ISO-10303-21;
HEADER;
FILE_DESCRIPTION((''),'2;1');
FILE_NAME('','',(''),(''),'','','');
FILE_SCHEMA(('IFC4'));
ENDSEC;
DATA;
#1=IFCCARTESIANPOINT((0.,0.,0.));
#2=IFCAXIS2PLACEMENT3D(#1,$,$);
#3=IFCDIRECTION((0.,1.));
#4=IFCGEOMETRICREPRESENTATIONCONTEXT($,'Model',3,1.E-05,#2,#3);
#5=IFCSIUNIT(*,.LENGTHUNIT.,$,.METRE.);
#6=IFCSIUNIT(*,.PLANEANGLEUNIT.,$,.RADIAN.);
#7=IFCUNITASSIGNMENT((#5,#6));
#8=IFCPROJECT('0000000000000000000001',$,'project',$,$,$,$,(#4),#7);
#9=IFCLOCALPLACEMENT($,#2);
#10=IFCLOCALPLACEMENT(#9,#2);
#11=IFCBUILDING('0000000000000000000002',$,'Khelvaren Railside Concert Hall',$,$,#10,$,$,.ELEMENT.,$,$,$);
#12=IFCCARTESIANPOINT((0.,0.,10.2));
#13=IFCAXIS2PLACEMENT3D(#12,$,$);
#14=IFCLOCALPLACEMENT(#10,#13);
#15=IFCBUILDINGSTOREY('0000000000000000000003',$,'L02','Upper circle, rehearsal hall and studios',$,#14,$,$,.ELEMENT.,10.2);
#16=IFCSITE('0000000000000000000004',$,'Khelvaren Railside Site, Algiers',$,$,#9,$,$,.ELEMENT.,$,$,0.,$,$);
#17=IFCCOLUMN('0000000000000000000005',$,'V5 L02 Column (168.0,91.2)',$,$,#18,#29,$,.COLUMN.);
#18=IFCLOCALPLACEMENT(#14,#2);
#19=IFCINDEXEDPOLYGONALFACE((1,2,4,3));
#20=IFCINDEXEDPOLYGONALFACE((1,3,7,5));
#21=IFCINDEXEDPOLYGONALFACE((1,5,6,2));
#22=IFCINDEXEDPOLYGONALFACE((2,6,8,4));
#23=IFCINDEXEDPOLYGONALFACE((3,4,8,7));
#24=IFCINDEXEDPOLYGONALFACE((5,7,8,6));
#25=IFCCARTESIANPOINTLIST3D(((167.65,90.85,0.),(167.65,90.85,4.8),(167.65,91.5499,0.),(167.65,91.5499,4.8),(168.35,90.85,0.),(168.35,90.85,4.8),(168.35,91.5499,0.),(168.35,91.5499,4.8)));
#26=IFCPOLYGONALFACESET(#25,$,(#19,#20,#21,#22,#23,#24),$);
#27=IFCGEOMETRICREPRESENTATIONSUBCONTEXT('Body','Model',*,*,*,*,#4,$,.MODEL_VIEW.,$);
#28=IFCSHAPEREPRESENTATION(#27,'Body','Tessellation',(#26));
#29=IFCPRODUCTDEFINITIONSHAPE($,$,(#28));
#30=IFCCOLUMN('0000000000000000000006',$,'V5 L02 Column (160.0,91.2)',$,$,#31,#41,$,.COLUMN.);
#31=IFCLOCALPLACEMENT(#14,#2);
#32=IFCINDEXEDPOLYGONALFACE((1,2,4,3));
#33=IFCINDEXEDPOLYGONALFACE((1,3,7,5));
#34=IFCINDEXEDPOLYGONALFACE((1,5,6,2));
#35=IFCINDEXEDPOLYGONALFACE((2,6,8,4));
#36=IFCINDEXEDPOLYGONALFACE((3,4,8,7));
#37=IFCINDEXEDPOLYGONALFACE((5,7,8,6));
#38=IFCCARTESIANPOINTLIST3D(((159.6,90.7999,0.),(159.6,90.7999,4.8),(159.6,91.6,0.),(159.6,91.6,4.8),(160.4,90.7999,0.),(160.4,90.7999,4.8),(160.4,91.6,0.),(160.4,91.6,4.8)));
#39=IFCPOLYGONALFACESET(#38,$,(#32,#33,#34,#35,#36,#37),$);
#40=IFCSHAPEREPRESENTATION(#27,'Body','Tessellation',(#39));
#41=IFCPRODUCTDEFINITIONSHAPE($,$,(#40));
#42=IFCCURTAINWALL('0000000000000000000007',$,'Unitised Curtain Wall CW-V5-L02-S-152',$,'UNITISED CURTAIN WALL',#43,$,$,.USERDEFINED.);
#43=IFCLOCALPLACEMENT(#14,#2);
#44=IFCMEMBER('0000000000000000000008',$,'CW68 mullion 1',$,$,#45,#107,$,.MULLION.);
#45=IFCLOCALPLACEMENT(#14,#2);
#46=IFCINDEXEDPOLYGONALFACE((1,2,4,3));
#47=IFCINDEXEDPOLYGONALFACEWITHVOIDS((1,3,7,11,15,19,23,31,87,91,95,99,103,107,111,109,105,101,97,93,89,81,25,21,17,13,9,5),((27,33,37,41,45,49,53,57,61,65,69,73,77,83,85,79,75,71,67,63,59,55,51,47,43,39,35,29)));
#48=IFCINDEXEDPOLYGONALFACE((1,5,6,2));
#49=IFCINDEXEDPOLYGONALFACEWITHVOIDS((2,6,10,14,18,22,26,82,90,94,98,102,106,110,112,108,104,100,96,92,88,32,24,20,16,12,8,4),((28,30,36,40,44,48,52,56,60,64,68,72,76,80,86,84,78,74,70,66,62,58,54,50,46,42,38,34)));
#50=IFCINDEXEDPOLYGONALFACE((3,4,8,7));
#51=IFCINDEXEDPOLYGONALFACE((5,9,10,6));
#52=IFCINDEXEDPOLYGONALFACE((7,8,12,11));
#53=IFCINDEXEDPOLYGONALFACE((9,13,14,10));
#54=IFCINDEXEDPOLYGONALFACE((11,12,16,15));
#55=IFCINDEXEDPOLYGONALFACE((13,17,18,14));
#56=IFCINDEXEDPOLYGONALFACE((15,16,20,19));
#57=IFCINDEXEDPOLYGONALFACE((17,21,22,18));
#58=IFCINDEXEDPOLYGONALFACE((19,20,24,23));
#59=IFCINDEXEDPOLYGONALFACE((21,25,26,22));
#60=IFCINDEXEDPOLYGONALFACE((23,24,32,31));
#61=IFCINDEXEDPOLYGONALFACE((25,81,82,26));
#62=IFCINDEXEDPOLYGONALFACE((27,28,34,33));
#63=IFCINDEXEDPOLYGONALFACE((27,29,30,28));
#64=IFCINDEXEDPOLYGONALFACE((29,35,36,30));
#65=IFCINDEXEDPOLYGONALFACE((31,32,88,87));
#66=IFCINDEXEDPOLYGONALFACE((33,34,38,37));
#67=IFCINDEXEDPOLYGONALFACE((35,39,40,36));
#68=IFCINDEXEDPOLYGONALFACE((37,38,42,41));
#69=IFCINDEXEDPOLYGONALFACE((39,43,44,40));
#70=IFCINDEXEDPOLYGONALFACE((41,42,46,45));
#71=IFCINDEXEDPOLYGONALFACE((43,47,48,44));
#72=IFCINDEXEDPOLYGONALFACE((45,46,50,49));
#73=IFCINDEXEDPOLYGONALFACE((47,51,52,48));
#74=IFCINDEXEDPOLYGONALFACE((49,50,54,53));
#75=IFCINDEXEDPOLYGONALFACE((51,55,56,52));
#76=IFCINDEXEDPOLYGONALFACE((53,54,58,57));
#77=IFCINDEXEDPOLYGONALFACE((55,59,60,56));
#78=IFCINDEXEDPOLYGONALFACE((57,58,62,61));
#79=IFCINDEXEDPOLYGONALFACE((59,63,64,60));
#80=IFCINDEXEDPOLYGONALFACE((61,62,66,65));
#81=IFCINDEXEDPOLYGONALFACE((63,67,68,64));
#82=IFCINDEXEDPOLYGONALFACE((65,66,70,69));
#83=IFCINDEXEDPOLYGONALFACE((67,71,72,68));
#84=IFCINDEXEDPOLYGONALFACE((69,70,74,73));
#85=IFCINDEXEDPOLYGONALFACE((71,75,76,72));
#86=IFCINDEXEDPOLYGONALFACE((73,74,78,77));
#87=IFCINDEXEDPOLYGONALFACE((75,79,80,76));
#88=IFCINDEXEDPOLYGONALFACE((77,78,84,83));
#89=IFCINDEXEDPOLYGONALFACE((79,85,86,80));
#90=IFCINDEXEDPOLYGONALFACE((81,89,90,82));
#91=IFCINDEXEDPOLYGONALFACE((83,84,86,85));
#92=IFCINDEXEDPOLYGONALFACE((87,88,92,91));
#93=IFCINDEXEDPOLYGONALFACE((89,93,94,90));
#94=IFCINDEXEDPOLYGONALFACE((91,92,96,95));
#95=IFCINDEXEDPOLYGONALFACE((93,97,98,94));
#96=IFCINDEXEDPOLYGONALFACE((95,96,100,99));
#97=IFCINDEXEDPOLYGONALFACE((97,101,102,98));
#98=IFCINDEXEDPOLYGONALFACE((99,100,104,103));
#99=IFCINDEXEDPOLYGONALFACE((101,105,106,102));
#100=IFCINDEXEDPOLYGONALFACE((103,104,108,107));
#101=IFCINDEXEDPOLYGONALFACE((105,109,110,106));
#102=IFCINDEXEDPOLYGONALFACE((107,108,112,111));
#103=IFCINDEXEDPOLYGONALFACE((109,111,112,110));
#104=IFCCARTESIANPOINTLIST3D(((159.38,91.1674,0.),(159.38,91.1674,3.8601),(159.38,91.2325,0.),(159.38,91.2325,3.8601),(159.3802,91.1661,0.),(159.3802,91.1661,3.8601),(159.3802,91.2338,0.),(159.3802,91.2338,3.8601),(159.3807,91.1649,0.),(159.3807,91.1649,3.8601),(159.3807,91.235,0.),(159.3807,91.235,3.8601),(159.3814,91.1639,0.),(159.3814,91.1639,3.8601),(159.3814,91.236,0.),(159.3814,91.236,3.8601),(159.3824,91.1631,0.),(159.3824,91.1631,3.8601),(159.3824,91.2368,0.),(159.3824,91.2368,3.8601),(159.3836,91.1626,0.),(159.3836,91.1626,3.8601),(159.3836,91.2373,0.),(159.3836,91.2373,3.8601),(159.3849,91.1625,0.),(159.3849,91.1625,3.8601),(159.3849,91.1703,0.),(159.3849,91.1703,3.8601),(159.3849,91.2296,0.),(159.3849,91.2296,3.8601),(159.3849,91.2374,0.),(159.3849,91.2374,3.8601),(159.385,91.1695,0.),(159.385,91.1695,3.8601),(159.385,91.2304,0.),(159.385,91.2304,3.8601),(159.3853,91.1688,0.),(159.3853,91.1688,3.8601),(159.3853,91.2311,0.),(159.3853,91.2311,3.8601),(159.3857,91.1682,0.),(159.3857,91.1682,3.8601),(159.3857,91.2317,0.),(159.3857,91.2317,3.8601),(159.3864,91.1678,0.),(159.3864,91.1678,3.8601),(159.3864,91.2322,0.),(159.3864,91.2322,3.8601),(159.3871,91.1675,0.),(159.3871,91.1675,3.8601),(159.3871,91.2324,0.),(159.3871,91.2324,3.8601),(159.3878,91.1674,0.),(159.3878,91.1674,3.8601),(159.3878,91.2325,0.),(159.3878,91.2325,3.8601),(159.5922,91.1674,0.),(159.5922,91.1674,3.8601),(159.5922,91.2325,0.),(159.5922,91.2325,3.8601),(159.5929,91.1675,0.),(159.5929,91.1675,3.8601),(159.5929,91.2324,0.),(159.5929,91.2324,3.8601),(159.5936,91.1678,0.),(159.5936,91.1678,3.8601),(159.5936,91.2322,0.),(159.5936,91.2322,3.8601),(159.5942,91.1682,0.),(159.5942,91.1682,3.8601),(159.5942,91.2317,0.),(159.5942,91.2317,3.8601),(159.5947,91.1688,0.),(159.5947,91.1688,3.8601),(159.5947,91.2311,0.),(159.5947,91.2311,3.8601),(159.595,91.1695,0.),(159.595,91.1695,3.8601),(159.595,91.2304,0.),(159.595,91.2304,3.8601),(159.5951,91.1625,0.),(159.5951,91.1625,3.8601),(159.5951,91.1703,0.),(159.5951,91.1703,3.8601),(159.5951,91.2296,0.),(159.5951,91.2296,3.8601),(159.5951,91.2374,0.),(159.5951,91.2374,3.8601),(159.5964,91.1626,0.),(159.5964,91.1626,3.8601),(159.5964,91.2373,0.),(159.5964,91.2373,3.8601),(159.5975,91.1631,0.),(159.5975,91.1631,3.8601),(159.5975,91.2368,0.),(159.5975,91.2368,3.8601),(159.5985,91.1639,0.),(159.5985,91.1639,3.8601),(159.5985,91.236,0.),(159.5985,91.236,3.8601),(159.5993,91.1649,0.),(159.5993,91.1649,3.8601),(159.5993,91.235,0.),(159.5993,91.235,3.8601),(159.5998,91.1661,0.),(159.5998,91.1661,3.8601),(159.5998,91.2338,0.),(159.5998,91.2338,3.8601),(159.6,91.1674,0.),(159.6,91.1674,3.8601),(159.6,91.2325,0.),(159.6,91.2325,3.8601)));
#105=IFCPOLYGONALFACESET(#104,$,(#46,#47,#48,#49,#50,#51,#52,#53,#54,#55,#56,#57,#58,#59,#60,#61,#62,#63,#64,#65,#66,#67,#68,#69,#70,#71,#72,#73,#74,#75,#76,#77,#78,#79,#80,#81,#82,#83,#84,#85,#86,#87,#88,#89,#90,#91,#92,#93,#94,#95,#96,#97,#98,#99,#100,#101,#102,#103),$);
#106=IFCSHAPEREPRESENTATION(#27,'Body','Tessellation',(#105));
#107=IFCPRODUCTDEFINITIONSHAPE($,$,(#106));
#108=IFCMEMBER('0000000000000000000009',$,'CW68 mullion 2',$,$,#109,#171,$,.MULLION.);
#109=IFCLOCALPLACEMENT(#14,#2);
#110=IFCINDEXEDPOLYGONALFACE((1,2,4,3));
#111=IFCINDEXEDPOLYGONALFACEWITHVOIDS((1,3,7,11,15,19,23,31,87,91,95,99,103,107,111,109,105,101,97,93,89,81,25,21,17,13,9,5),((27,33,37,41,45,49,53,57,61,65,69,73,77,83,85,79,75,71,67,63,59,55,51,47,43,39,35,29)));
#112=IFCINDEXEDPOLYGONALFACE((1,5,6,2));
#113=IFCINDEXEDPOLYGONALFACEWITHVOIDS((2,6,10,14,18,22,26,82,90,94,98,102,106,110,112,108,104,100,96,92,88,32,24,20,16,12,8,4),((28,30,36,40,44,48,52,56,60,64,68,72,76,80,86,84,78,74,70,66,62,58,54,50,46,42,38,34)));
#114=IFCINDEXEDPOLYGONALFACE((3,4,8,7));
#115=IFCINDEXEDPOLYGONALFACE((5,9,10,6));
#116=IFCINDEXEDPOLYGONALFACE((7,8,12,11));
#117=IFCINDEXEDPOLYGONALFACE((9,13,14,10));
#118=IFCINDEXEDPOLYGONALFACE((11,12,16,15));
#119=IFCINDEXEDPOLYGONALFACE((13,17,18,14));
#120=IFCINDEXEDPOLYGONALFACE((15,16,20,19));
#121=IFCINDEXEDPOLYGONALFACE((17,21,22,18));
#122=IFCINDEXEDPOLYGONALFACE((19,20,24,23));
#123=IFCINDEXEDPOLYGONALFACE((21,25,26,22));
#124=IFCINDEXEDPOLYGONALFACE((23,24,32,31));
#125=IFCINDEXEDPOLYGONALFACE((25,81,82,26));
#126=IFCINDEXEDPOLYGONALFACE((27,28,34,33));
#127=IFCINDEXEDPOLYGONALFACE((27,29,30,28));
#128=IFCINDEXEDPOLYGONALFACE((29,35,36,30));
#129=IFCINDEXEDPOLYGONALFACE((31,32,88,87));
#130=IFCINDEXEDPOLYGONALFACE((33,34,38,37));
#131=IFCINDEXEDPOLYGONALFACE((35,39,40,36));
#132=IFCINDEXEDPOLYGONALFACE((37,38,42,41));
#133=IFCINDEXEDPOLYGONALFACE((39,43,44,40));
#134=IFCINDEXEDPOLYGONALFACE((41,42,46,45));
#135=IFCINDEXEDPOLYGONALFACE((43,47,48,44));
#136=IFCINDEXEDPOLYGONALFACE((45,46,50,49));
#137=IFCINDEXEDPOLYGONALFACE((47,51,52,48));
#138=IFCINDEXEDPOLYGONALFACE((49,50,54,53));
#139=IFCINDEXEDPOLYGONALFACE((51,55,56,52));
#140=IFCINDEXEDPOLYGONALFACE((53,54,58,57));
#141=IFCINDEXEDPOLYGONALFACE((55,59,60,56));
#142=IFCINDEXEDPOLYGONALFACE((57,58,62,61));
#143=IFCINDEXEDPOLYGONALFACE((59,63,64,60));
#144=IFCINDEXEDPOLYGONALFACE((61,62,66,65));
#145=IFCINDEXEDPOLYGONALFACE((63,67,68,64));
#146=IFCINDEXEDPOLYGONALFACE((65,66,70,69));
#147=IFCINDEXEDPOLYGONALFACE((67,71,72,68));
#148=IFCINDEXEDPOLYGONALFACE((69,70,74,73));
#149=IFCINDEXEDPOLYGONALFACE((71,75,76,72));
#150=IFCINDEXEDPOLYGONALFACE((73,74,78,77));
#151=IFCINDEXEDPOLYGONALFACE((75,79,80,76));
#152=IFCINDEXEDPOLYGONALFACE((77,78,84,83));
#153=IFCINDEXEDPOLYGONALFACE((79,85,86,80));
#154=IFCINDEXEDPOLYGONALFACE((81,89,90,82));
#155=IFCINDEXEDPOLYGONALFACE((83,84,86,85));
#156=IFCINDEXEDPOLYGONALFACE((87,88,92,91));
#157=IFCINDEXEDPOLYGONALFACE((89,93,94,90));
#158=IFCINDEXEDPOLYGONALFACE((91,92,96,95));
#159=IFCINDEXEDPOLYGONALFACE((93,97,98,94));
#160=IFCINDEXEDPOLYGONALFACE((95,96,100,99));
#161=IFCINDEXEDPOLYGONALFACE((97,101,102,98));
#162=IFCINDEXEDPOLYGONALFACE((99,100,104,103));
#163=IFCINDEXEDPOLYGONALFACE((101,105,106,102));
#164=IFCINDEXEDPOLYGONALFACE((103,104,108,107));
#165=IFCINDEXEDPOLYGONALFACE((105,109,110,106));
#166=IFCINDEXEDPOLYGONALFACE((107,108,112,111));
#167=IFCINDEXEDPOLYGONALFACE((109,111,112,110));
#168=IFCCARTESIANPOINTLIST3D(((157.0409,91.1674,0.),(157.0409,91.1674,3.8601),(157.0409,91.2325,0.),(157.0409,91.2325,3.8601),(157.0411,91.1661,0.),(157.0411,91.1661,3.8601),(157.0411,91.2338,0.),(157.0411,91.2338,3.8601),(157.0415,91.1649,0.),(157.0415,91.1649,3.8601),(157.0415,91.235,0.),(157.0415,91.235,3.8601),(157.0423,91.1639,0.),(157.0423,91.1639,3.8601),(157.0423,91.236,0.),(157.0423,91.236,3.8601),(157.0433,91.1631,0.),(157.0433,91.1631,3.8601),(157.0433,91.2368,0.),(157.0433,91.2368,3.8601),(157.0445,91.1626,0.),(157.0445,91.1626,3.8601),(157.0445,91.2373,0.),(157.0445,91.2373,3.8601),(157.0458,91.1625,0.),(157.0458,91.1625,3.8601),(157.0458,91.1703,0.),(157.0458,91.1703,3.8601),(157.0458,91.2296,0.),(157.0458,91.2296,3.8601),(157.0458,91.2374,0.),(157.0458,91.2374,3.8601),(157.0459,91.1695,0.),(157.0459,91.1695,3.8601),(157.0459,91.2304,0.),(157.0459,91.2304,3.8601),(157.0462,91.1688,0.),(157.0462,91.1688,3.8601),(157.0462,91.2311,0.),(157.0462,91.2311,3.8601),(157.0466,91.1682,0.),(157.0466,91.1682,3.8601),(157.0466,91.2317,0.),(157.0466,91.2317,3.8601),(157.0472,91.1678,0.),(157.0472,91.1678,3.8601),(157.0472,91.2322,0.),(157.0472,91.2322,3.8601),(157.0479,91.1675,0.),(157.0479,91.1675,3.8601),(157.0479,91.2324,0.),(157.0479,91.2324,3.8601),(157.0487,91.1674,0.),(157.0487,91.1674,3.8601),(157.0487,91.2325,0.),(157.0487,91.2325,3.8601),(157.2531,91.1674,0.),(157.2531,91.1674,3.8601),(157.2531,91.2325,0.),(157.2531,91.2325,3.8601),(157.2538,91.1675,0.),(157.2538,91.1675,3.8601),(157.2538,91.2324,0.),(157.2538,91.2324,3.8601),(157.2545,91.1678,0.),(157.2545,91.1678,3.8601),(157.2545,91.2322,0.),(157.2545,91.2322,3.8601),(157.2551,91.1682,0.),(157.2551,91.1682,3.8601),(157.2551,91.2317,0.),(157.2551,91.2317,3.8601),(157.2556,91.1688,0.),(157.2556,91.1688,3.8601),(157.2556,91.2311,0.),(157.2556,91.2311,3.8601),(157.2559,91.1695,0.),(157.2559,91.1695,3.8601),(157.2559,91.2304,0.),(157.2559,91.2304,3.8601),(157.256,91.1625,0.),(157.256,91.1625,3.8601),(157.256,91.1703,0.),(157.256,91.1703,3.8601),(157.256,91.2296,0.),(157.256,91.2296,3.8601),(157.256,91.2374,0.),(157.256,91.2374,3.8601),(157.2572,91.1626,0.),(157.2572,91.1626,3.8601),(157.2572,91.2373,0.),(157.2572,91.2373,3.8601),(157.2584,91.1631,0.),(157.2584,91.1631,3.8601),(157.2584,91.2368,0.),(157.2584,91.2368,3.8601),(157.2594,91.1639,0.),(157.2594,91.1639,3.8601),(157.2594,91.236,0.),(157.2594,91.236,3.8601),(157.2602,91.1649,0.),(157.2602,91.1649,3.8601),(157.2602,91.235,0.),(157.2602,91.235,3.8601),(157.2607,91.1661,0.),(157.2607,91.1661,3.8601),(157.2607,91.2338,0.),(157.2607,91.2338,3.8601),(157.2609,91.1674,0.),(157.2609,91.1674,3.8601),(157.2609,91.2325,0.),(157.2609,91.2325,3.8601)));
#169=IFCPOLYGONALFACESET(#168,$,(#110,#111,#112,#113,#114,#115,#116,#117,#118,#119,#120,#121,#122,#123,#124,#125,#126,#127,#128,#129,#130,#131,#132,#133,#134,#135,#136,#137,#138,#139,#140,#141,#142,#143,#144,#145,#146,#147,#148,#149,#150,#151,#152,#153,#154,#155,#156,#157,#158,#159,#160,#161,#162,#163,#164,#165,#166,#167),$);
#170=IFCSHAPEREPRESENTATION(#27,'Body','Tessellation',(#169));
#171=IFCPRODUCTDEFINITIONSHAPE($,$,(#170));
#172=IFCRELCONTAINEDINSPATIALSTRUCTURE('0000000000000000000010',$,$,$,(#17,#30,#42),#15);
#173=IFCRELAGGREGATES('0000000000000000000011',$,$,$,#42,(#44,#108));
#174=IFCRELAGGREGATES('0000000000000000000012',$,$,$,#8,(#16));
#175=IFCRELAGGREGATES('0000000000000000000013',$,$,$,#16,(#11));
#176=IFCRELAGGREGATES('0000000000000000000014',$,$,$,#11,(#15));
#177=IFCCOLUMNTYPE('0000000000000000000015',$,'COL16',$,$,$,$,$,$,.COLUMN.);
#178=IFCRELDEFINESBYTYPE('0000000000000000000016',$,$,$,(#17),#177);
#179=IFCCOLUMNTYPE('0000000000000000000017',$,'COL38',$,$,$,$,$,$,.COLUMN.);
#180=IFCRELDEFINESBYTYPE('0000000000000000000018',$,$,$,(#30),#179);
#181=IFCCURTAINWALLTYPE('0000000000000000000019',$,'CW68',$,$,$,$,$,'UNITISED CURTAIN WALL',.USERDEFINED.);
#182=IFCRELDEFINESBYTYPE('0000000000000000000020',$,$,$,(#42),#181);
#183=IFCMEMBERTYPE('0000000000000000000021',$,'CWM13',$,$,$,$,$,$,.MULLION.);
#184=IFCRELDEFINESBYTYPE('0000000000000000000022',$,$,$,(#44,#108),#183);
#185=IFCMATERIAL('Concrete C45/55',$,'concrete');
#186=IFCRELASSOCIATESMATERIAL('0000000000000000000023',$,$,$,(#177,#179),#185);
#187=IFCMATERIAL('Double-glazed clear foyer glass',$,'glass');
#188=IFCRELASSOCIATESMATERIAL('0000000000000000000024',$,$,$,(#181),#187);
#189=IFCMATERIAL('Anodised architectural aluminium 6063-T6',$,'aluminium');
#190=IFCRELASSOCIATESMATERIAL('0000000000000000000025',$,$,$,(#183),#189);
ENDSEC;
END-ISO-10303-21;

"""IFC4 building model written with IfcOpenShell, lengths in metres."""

from ifc_helpers import new_model, si_unit, direction, frame, origin, origin_2d, place, context, subcontext, project, spatial, rectangle, hollow_rectangle, extrude, material, material_profile, profile_set, type_object, element, aggregate, save


model = new_model("IFC4")

# Units and contexts
model_context = context("Model", 3, precision=1e-05, world=origin(), true_north=direction((0.0, 1.0)))
body_context = subcontext(model_context, "Body", "Model", "MODEL_VIEW")
ifc_project = project(units=[si_unit("LENGTHUNIT", "METRE"), si_unit("PLANEANGLEUNIT", "RADIAN")], contexts=[model_context])

# Site, building, storey
site_placement = place(None, origin())
site = spatial("IfcSite", under=ifc_project, at=site_placement, Name="Khelvaren Railside Site, Algiers", CompositionType="ELEMENT", RefElevation=0.0)
building_placement = place(site_placement, origin())
building = spatial("IfcBuilding", under=site, at=building_placement, Name="Khelvaren Railside Concert Hall", CompositionType="ELEMENT")
storey_placement = place(building_placement, frame((0.0, 0.0, 10.2)))
storey = spatial("IfcBuildingStorey", under=building, at=storey_placement, Name="L02", Description="Upper circle, rehearsal hall and studios", CompositionType="ELEMENT", Elevation=10.2)

# Columns
ifc_material_1 = material(Name="Concrete C45/55", Category="concrete")
ifc_material_profile_1 = material_profile(ifc_material_1, rectangle(XDim=0.7, YDim=0.7, at=origin_2d()), Name="RC 700x700")
ifc_profile_set_1 = profile_set([ifc_material_profile_1], Name="Concrete C45/55")
column_type_1 = type_object("IfcColumnType", Name="COL16", PredefinedType="COLUMN", material=ifc_profile_set_1)
column_1_placement = place(storey_placement, frame((168.0, 91.2, 0.0), z_axis=(0.0, 0.0, 1.0), x_axis=(1.0, 0.0, 0.0)))
element("IfcColumn", 1, at=column_1_placement, inside=storey, type_object=column_type_1, Name="V5 L02 Column (168.0,91.2)", PredefinedType="COLUMN", context=body_context, shape_type="SweptSolid", body=[
    extrude(rectangle(XDim=0.7, YDim=0.7, at=origin_2d()), origin(), (0.0, 0.0, 1.0), 4.8),
])
ifc_material_profile_2 = material_profile(ifc_material_1, rectangle(XDim=0.8, YDim=0.8, at=origin_2d()), Name="RC 800x800")
ifc_profile_set_2 = profile_set([ifc_material_profile_2], Name="Concrete C45/55")
column_type_2 = type_object("IfcColumnType", Name="COL38", PredefinedType="COLUMN", material=ifc_profile_set_2)
column_2_placement = place(storey_placement, frame((160.0, 91.2, 0.0), z_axis=(0.0, 0.0, 1.0), x_axis=(1.0, 0.0, 0.0)))
element("IfcColumn", 2, at=column_2_placement, inside=storey, type_object=column_type_2, Name="V5 L02 Column (160.0,91.2)", PredefinedType="COLUMN", context=body_context, shape_type="SweptSolid", body=[
    extrude(rectangle(XDim=0.8, YDim=0.8, at=origin_2d()), origin(), (0.0, 0.0, 1.0), 4.8),
])

# Curtain wall, members
ifc_material_2 = material(Name="Double-glazed clear foyer glass", Category="glass")
curtain_wall_type = type_object("IfcCurtainWallType", Name="CW68", ElementType="UNITISED CURTAIN WALL", PredefinedType="USERDEFINED", material=ifc_material_2)
curtain_wall_placement = place(storey_placement, origin())
curtain_wall = element("IfcCurtainWall", 3, at=curtain_wall_placement, inside=storey, type_object=curtain_wall_type, Name="Unitised Curtain Wall CW-V5-L02-S-152", ObjectType="UNITISED CURTAIN WALL", PredefinedType="USERDEFINED")
ifc_material_3 = material(Name="Anodised architectural aluminium 6063-T6", Category="aluminium")
ifc_material_profile_3 = material_profile(ifc_material_3, hollow_rectangle(XDim=0.075, YDim=0.22, WallThickness=0.0049, InnerFilletRadius=0.0029, OuterFilletRadius=0.0049, at=origin_2d()), Name="CWM 75x220x5")
ifc_profile_set_3 = profile_set([ifc_material_profile_3], Name="Anodised architectural aluminium 6063-T6")
member_type_1 = type_object("IfcMemberType", Name="CWM13", PredefinedType="MULLION", material=ifc_profile_set_3)
member_1_placement = place(storey_placement, frame((159.49, 91.2, 0.0), z_axis=(0.0, 0.0, 1.0), x_axis=(0.0, -1.0, 0.0)))
member_1 = element("IfcMember", 4, at=member_1_placement, type_object=member_type_1, Name="CW68 mullion 1", PredefinedType="MULLION", context=body_context, shape_type="SweptSolid", body=[
    extrude(hollow_rectangle(XDim=0.075, YDim=0.22, WallThickness=0.0049, InnerFilletRadius=0.0029, OuterFilletRadius=0.0049, at=origin_2d()), origin(), (0.0, 0.0, 1.0), 3.8601),
])
member_2_placement = place(storey_placement, frame((157.1509, 91.2, 0.0), z_axis=(0.0, 0.0, 1.0), x_axis=(0.0, -1.0, 0.0)))
member_2 = element("IfcMember", 5, at=member_2_placement, type_object=member_type_1, Name="CW68 mullion 2", PredefinedType="MULLION", context=body_context, shape_type="SweptSolid", body=[
    extrude(hollow_rectangle(XDim=0.075, YDim=0.22, WallThickness=0.0049, InnerFilletRadius=0.0029, OuterFilletRadius=0.0049, at=origin_2d()), origin(), (0.0, 0.0, 1.0), 3.8601),
])

aggregate(curtain_wall, [member_1, member_2])

save(model, "model.ifc")
